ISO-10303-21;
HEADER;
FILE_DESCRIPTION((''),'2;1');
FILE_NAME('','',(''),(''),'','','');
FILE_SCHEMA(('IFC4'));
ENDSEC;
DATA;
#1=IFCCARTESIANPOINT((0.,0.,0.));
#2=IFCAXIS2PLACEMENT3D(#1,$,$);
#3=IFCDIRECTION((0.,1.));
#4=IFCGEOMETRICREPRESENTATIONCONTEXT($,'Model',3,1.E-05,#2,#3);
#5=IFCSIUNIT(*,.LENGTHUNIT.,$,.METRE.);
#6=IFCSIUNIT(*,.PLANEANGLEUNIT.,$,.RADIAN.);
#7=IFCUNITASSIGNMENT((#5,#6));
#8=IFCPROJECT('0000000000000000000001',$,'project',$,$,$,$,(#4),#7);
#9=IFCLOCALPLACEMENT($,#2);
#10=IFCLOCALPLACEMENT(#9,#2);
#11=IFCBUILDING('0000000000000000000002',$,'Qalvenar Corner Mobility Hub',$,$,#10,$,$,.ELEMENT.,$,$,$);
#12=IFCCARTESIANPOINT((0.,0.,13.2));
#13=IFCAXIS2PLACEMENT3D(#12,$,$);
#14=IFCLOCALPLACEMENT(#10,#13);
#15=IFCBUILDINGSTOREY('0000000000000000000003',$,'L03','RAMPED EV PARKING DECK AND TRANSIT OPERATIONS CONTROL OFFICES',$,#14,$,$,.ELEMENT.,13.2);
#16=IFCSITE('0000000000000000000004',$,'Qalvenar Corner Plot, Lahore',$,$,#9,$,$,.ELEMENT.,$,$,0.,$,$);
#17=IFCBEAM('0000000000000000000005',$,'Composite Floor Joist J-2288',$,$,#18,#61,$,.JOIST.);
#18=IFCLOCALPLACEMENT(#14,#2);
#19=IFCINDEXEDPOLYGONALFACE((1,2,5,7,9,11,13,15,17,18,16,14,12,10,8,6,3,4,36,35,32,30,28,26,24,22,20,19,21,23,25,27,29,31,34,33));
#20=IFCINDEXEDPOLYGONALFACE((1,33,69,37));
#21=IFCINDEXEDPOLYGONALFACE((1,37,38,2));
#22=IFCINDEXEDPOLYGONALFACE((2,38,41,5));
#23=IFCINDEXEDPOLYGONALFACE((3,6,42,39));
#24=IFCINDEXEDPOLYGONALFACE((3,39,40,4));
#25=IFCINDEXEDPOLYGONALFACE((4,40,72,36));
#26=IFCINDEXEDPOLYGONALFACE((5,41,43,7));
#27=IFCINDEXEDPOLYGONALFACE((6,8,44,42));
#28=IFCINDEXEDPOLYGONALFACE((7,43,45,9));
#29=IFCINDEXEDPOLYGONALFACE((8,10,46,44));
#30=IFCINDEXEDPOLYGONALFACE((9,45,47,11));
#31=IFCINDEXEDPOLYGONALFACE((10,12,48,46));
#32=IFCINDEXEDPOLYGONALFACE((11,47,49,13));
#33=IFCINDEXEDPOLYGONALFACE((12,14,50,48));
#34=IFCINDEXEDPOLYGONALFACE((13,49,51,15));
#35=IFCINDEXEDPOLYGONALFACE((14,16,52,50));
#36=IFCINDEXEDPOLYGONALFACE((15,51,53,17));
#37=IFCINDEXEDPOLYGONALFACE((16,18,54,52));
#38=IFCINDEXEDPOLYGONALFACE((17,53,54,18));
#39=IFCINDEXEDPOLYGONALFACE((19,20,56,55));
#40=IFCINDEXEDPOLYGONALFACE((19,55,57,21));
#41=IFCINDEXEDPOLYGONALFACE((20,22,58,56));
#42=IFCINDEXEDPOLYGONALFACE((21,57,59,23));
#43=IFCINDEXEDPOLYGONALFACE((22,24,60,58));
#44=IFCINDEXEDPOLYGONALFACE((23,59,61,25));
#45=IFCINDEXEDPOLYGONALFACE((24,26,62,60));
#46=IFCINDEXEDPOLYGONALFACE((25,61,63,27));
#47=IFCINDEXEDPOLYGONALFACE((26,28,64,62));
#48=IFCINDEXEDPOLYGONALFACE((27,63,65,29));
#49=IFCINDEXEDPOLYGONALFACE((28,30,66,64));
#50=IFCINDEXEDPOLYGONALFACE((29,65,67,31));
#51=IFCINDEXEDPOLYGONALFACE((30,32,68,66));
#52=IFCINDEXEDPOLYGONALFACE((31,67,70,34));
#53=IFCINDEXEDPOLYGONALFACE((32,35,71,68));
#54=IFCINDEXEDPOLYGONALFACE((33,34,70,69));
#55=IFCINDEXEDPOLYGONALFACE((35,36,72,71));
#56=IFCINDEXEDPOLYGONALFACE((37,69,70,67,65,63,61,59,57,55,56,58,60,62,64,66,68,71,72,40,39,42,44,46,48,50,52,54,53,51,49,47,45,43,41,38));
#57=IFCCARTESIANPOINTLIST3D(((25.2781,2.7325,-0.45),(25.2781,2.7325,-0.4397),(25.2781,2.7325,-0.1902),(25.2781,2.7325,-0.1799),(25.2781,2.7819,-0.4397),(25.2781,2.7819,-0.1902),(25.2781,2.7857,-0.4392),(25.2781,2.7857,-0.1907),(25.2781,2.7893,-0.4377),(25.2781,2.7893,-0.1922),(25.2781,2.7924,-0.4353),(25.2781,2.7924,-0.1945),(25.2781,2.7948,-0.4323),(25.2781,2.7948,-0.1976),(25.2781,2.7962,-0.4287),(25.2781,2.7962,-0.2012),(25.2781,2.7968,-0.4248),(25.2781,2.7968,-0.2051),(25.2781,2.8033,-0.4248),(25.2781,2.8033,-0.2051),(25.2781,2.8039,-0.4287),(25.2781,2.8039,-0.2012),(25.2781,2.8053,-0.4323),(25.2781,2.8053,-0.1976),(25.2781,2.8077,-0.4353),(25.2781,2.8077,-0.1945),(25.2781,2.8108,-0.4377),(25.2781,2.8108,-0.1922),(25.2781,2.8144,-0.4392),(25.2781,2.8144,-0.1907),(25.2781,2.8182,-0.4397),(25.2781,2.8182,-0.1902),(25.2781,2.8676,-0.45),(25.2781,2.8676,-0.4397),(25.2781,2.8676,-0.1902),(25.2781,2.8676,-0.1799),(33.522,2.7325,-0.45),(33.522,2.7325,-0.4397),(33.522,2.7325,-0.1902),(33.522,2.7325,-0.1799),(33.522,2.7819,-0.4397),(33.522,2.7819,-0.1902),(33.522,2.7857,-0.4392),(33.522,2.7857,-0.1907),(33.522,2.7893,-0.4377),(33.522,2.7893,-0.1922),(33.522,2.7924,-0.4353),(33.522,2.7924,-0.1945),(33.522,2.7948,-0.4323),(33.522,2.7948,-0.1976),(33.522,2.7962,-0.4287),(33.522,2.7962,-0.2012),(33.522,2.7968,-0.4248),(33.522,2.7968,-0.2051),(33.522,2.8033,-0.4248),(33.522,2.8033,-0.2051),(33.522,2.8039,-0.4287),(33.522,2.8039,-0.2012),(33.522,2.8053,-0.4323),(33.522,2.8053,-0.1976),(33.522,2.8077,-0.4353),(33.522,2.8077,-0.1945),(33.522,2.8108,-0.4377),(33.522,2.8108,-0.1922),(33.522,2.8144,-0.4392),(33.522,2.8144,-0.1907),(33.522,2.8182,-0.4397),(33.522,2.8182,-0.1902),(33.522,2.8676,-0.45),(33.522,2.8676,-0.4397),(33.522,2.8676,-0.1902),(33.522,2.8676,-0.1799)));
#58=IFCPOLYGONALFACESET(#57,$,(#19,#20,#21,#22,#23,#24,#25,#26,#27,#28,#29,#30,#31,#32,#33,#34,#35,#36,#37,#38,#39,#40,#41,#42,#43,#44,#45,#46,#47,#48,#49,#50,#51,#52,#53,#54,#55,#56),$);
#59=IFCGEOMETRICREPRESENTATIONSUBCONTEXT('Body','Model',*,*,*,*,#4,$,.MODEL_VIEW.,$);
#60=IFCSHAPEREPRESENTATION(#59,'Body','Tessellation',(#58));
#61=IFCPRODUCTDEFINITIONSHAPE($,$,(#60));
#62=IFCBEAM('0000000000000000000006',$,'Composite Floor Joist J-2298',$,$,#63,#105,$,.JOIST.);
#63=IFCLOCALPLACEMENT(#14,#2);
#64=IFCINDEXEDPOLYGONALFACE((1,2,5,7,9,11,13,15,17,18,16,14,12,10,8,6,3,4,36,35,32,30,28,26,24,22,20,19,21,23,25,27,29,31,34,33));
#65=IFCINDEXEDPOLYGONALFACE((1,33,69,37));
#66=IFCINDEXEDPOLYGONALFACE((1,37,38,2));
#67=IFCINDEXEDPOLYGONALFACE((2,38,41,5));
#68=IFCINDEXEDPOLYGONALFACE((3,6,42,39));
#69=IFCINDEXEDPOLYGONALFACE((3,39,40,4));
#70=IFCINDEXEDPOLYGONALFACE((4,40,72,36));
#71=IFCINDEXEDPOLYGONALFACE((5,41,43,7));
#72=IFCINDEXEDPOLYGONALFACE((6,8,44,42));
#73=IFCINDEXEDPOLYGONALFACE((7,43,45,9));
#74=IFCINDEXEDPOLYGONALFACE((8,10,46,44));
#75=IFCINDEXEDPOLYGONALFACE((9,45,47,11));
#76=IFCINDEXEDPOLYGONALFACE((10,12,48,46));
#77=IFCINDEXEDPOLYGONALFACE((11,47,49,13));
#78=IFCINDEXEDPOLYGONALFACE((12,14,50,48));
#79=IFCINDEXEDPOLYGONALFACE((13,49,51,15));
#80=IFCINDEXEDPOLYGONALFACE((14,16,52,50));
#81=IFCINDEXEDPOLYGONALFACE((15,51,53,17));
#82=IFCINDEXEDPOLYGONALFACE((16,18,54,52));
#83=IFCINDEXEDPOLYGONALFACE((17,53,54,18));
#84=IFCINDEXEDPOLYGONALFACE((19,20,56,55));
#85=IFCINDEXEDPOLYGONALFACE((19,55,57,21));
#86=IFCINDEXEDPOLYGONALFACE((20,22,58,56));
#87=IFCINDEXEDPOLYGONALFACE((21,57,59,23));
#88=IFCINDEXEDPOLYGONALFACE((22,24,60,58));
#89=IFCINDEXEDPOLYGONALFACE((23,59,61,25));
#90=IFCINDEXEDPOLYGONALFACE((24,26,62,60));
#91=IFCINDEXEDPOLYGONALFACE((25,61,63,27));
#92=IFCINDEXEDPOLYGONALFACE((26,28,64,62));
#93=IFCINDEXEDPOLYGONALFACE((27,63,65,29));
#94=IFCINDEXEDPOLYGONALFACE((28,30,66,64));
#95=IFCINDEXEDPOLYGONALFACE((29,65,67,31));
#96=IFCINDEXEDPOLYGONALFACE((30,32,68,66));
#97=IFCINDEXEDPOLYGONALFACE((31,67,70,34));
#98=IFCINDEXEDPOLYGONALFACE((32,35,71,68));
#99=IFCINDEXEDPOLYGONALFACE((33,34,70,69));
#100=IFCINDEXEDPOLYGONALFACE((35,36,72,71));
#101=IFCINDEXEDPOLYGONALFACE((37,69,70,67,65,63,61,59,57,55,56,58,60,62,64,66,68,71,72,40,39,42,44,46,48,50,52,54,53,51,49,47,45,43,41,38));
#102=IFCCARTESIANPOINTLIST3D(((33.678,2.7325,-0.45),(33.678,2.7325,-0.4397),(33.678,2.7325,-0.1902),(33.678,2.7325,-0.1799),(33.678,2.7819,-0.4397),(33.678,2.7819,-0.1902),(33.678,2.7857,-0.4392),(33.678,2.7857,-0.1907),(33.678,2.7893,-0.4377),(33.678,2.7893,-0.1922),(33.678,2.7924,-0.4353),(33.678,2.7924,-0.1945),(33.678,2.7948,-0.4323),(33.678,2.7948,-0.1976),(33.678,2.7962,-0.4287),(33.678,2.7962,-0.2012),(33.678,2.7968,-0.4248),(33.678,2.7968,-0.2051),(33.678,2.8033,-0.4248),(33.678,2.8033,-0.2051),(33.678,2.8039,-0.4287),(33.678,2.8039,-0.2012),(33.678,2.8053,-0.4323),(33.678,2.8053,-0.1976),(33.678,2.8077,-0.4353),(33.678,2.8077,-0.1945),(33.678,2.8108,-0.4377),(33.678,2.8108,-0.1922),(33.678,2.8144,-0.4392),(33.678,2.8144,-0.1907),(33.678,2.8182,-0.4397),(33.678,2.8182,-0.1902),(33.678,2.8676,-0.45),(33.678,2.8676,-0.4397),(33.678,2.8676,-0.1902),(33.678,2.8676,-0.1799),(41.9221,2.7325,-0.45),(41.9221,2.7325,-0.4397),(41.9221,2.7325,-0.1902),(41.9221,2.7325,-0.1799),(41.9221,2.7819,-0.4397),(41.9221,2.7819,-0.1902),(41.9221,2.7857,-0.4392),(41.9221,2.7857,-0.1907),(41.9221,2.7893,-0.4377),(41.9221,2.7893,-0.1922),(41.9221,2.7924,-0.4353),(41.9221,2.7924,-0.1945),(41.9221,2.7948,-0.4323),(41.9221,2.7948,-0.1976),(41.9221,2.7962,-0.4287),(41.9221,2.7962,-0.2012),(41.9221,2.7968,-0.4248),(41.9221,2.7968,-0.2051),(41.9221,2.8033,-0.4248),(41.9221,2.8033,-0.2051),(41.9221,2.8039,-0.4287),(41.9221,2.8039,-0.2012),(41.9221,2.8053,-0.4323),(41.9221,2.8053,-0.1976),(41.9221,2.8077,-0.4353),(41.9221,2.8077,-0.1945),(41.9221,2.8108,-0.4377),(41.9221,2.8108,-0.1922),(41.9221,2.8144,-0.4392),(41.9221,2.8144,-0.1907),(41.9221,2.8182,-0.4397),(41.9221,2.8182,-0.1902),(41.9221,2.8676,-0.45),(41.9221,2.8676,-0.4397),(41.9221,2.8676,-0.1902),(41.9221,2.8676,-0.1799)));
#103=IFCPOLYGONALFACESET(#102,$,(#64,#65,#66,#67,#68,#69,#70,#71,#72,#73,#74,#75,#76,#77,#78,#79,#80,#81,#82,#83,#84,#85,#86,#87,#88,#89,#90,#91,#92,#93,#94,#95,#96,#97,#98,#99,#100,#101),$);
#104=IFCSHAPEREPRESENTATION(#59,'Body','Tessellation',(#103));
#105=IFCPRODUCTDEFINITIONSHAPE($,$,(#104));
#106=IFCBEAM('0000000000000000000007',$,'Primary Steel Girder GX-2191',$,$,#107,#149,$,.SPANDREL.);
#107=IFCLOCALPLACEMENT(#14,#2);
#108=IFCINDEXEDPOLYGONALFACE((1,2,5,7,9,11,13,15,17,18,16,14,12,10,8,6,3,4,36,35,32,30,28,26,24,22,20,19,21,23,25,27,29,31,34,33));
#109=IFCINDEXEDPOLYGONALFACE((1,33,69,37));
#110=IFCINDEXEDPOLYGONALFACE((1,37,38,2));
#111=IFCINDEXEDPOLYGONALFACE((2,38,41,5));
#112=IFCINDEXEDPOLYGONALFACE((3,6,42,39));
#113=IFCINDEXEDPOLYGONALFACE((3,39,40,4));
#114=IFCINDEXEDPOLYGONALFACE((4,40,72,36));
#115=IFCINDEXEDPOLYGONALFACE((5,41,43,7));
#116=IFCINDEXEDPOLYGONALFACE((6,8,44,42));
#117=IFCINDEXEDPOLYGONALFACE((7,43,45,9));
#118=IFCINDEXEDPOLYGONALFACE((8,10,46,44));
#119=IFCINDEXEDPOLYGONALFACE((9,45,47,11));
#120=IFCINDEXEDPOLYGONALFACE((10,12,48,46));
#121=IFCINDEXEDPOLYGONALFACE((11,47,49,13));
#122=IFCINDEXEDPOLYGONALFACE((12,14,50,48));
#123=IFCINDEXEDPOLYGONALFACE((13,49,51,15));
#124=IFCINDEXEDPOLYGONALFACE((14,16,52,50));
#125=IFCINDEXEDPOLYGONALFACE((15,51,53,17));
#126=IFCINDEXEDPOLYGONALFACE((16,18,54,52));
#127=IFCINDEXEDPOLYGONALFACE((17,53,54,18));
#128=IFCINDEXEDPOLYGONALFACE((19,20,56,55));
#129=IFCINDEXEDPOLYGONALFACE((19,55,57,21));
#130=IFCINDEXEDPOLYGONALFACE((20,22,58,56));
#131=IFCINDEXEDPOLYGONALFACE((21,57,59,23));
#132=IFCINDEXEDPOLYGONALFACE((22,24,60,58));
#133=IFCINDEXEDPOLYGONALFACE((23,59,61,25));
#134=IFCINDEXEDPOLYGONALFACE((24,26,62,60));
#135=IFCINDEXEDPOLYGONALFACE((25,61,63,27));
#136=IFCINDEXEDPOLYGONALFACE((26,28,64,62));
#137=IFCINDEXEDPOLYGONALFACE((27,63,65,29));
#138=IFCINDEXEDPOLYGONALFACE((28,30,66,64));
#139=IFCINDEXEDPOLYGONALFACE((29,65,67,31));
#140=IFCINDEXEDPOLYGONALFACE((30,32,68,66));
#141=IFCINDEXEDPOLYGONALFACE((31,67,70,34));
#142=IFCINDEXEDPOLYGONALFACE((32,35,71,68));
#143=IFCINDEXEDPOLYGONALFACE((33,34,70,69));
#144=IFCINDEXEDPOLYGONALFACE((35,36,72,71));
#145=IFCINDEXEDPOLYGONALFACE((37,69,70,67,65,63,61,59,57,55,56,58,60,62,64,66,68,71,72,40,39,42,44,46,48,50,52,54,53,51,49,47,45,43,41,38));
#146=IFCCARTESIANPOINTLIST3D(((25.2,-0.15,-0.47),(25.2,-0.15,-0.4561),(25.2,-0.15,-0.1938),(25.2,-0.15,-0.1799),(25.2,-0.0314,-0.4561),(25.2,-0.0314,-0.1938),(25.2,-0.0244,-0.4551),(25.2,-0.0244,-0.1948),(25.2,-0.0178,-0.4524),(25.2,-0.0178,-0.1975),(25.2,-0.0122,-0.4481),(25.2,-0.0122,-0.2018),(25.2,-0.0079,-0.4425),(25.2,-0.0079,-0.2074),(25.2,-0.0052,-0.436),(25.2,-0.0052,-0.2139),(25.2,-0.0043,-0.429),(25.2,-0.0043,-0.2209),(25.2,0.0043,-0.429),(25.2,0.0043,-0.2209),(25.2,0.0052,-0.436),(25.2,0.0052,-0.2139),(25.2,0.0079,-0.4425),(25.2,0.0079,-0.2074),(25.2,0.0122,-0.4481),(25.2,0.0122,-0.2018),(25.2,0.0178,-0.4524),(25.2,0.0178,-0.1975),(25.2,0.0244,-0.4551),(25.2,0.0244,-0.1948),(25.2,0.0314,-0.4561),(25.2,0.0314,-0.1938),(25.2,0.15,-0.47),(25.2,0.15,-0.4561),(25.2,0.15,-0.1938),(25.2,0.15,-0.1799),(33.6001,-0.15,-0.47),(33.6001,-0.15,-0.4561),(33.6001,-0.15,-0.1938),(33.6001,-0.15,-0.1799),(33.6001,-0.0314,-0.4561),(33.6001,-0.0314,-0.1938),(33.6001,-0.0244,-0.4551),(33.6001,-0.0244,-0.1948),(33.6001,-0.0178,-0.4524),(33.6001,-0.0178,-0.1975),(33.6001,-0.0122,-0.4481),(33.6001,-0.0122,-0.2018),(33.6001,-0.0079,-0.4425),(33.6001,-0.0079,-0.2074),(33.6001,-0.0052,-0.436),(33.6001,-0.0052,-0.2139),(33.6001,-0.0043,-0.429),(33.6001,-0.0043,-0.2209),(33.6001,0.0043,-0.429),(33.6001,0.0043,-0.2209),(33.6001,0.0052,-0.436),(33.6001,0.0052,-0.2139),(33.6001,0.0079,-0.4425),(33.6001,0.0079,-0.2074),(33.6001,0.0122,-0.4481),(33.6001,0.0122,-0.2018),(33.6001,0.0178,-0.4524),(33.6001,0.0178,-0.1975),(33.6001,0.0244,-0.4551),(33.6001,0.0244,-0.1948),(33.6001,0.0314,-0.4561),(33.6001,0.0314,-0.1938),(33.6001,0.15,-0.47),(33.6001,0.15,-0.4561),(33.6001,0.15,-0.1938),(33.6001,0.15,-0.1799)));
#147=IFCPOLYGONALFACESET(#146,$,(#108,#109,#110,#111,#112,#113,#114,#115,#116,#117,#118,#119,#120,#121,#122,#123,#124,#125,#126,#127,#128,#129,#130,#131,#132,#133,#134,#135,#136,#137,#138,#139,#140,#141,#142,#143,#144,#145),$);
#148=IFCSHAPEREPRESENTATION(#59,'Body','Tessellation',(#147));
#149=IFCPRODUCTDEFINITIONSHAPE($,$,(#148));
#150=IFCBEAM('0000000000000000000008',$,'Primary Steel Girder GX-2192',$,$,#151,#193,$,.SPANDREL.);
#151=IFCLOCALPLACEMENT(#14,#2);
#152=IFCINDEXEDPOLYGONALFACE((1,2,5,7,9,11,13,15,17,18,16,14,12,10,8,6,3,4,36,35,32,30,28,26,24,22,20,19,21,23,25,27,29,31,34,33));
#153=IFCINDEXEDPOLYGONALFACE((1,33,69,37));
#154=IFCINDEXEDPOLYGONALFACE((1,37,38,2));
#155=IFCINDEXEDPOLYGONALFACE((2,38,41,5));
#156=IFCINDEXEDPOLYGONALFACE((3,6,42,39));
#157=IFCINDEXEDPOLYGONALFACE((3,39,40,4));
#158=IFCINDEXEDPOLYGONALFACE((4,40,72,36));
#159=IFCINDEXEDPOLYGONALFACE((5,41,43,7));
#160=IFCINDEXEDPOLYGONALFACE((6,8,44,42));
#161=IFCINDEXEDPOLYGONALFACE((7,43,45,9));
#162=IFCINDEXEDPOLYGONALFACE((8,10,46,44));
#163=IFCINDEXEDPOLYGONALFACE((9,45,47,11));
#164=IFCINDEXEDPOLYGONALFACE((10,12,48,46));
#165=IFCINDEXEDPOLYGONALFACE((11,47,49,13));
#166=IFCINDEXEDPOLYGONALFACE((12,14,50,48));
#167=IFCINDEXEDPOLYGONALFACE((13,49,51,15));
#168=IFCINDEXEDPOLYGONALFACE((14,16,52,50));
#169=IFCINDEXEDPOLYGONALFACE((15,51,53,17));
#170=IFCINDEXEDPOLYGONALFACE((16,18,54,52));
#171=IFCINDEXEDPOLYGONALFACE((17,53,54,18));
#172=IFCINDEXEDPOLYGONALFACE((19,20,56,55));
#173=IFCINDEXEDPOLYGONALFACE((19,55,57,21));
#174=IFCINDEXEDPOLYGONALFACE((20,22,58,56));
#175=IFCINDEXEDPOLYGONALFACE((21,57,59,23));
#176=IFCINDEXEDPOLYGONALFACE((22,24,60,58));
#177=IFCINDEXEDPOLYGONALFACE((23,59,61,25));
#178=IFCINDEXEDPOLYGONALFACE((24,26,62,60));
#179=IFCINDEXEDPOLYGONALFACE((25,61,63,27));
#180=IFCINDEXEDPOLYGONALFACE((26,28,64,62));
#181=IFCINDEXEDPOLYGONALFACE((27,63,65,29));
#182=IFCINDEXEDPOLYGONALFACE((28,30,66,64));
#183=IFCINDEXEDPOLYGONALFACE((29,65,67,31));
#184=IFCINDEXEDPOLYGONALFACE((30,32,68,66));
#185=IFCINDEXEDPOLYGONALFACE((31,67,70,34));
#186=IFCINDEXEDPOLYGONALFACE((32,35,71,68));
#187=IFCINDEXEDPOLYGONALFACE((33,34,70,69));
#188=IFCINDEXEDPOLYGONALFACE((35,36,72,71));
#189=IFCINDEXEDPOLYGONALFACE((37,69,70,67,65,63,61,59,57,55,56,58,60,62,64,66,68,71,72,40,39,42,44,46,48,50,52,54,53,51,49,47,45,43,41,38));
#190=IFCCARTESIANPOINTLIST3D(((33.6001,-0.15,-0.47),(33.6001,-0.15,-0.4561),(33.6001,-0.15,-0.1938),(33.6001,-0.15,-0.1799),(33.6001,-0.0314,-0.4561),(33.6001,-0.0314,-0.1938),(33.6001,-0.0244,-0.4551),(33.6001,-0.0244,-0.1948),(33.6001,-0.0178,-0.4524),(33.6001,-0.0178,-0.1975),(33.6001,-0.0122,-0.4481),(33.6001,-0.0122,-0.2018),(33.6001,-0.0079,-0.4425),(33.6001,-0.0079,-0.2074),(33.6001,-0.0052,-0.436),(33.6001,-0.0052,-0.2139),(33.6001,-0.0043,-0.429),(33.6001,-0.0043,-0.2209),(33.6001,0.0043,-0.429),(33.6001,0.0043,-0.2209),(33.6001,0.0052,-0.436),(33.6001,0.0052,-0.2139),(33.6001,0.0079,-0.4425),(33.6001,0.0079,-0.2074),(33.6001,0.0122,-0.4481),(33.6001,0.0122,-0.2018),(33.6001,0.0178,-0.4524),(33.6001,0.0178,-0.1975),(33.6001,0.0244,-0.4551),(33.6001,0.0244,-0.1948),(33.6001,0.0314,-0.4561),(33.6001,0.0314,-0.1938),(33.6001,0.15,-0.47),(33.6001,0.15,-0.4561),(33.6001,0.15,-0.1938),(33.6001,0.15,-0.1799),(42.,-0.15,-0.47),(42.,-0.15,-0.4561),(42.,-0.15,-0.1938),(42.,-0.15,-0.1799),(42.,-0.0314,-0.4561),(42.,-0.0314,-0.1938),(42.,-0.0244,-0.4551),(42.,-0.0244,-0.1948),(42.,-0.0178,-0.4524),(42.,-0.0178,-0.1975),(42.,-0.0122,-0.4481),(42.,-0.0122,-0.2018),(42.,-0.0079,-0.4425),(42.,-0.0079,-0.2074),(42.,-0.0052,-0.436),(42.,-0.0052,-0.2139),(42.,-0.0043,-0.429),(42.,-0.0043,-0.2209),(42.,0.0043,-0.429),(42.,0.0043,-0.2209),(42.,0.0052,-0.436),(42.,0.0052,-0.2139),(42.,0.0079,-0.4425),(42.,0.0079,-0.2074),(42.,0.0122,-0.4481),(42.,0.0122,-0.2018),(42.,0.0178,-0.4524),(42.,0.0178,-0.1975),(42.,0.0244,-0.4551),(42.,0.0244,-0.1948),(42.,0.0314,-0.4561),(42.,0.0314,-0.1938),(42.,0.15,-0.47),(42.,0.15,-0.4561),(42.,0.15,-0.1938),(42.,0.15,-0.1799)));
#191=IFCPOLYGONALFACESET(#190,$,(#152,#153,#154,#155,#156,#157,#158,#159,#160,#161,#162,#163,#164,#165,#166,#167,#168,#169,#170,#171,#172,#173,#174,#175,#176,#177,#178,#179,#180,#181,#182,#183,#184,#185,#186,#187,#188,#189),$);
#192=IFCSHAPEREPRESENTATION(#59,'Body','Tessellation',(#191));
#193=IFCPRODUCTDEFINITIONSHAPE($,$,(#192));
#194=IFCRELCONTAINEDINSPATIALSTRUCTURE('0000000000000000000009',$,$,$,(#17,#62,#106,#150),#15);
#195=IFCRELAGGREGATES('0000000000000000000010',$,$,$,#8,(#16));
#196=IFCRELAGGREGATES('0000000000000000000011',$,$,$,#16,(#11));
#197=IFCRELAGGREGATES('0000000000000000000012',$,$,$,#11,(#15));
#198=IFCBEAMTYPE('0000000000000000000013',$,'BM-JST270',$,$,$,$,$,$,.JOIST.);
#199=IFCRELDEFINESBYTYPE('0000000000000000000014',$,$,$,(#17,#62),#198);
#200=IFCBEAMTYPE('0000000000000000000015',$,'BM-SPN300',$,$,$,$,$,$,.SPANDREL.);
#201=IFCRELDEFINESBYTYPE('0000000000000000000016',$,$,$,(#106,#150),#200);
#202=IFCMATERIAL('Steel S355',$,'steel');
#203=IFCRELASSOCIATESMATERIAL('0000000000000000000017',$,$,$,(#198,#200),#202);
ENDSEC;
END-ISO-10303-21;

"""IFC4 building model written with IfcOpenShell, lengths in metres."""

from ifc_helpers import new_model, si_unit, direction, frame, origin, origin_2d, place, context, subcontext, project, spatial, i_section, extrude, material, material_profile, profile_set, type_object, element, save


model = new_model("IFC4")

# Units and contexts
model_context = context("Model", 3, precision=1e-05, world=origin(), true_north=direction((0.0, 1.0)))
body_context = subcontext(model_context, "Body", "Model", "MODEL_VIEW")
ifc_project = project(units=[si_unit("LENGTHUNIT", "METRE"), si_unit("PLANEANGLEUNIT", "RADIAN")], contexts=[model_context])

# Site, building, storey
site_placement = place(None, origin())
site = spatial("IfcSite", under=ifc_project, at=site_placement, Name="Qalvenar Corner Plot, Lahore", CompositionType="ELEMENT", RefElevation=0.0)
building_placement = place(site_placement, origin())
building = spatial("IfcBuilding", under=site, at=building_placement, Name="Qalvenar Corner Mobility Hub", CompositionType="ELEMENT")
storey_placement = place(building_placement, frame((0.0, 0.0, 13.2)))
storey = spatial("IfcBuildingStorey", under=building, at=storey_placement, Name="L03", Description="RAMPED EV PARKING DECK AND TRANSIT OPERATIONS CONTROL OFFICES", CompositionType="ELEMENT", Elevation=13.2)

# Shared definitions
ifc_material_1 = material(Name="Steel S355", Category="steel")

# Beams
ifc_material_profile_1 = material_profile(ifc_material_1, i_section(OverallWidth=0.135, OverallDepth=0.27, WebThickness=0.0066, FlangeThickness=0.0103, FilletRadius=0.0149, at=origin_2d()), Name="IPE270")
ifc_profile_set_1 = profile_set([ifc_material_profile_1], Name="Steel S355")
beam_type_1 = type_object("IfcBeamType", Name="BM-JST270", PredefinedType="JOIST", material=ifc_profile_set_1)
beam_1_placement = place(storey_placement, frame((25.2781, 2.8, -0.3149), z_axis=(1.0, 0.0, 0.0), x_axis=(0.0, 1.0, 0.0)))
element("IfcBeam", 1, at=beam_1_placement, inside=storey, type_object=beam_type_1, Name="Composite Floor Joist J-2288", PredefinedType="JOIST", context=body_context, shape_type="SweptSolid", body=[
    extrude(i_section(OverallWidth=0.135, OverallDepth=0.27, WebThickness=0.0066, FlangeThickness=0.0103, FilletRadius=0.0149, at=origin_2d()), origin(), (0.0, 0.0, 1.0), 8.2439),
])
beam_2_placement = place(storey_placement, frame((33.678, 2.8, -0.3149), z_axis=(1.0, 0.0, 0.0), x_axis=(0.0, 1.0, 0.0)))
element("IfcBeam", 2, at=beam_2_placement, inside=storey, type_object=beam_type_1, Name="Composite Floor Joist J-2298", PredefinedType="JOIST", context=body_context, shape_type="SweptSolid", body=[
    extrude(i_section(OverallWidth=0.135, OverallDepth=0.27, WebThickness=0.0066, FlangeThickness=0.0103, FilletRadius=0.0149, at=origin_2d()), origin(), (0.0, 0.0, 1.0), 8.2441),
])
ifc_material_profile_2 = material_profile(ifc_material_1, i_section(OverallWidth=0.3, OverallDepth=0.29, WebThickness=0.0085, FlangeThickness=0.0139, FilletRadius=0.0271, at=origin_2d()), Name="HEA300")
ifc_profile_set_2 = profile_set([ifc_material_profile_2], Name="Steel S355")
beam_type_2 = type_object("IfcBeamType", Name="BM-SPN300", PredefinedType="SPANDREL", material=ifc_profile_set_2)
beam_3_placement = place(storey_placement, frame((25.2, 0.0, -0.325), z_axis=(1.0, 0.0, 0.0), x_axis=(0.0, 1.0, 0.0)))
element("IfcBeam", 3, at=beam_3_placement, inside=storey, type_object=beam_type_2, Name="Primary Steel Girder GX-2191", PredefinedType="SPANDREL", context=body_context, shape_type="SweptSolid", body=[
    extrude(i_section(OverallWidth=0.3, OverallDepth=0.29, WebThickness=0.0085, FlangeThickness=0.0139, FilletRadius=0.0271, at=origin_2d()), origin(), (0.0, 0.0, 1.0), 8.4001),
])
beam_4_placement = place(storey_placement, frame((33.6001, 0.0, -0.325), z_axis=(1.0, 0.0, 0.0), x_axis=(0.0, 1.0, 0.0)))
element("IfcBeam", 4, at=beam_4_placement, inside=storey, type_object=beam_type_2, Name="Primary Steel Girder GX-2192", PredefinedType="SPANDREL", context=body_context, shape_type="SweptSolid", body=[
    extrude(i_section(OverallWidth=0.3, OverallDepth=0.29, WebThickness=0.0085, FlangeThickness=0.0139, FilletRadius=0.0271, at=origin_2d()), origin(), (0.0, 0.0, 1.0), 8.3999),
])

save(model, "model.ifc")
